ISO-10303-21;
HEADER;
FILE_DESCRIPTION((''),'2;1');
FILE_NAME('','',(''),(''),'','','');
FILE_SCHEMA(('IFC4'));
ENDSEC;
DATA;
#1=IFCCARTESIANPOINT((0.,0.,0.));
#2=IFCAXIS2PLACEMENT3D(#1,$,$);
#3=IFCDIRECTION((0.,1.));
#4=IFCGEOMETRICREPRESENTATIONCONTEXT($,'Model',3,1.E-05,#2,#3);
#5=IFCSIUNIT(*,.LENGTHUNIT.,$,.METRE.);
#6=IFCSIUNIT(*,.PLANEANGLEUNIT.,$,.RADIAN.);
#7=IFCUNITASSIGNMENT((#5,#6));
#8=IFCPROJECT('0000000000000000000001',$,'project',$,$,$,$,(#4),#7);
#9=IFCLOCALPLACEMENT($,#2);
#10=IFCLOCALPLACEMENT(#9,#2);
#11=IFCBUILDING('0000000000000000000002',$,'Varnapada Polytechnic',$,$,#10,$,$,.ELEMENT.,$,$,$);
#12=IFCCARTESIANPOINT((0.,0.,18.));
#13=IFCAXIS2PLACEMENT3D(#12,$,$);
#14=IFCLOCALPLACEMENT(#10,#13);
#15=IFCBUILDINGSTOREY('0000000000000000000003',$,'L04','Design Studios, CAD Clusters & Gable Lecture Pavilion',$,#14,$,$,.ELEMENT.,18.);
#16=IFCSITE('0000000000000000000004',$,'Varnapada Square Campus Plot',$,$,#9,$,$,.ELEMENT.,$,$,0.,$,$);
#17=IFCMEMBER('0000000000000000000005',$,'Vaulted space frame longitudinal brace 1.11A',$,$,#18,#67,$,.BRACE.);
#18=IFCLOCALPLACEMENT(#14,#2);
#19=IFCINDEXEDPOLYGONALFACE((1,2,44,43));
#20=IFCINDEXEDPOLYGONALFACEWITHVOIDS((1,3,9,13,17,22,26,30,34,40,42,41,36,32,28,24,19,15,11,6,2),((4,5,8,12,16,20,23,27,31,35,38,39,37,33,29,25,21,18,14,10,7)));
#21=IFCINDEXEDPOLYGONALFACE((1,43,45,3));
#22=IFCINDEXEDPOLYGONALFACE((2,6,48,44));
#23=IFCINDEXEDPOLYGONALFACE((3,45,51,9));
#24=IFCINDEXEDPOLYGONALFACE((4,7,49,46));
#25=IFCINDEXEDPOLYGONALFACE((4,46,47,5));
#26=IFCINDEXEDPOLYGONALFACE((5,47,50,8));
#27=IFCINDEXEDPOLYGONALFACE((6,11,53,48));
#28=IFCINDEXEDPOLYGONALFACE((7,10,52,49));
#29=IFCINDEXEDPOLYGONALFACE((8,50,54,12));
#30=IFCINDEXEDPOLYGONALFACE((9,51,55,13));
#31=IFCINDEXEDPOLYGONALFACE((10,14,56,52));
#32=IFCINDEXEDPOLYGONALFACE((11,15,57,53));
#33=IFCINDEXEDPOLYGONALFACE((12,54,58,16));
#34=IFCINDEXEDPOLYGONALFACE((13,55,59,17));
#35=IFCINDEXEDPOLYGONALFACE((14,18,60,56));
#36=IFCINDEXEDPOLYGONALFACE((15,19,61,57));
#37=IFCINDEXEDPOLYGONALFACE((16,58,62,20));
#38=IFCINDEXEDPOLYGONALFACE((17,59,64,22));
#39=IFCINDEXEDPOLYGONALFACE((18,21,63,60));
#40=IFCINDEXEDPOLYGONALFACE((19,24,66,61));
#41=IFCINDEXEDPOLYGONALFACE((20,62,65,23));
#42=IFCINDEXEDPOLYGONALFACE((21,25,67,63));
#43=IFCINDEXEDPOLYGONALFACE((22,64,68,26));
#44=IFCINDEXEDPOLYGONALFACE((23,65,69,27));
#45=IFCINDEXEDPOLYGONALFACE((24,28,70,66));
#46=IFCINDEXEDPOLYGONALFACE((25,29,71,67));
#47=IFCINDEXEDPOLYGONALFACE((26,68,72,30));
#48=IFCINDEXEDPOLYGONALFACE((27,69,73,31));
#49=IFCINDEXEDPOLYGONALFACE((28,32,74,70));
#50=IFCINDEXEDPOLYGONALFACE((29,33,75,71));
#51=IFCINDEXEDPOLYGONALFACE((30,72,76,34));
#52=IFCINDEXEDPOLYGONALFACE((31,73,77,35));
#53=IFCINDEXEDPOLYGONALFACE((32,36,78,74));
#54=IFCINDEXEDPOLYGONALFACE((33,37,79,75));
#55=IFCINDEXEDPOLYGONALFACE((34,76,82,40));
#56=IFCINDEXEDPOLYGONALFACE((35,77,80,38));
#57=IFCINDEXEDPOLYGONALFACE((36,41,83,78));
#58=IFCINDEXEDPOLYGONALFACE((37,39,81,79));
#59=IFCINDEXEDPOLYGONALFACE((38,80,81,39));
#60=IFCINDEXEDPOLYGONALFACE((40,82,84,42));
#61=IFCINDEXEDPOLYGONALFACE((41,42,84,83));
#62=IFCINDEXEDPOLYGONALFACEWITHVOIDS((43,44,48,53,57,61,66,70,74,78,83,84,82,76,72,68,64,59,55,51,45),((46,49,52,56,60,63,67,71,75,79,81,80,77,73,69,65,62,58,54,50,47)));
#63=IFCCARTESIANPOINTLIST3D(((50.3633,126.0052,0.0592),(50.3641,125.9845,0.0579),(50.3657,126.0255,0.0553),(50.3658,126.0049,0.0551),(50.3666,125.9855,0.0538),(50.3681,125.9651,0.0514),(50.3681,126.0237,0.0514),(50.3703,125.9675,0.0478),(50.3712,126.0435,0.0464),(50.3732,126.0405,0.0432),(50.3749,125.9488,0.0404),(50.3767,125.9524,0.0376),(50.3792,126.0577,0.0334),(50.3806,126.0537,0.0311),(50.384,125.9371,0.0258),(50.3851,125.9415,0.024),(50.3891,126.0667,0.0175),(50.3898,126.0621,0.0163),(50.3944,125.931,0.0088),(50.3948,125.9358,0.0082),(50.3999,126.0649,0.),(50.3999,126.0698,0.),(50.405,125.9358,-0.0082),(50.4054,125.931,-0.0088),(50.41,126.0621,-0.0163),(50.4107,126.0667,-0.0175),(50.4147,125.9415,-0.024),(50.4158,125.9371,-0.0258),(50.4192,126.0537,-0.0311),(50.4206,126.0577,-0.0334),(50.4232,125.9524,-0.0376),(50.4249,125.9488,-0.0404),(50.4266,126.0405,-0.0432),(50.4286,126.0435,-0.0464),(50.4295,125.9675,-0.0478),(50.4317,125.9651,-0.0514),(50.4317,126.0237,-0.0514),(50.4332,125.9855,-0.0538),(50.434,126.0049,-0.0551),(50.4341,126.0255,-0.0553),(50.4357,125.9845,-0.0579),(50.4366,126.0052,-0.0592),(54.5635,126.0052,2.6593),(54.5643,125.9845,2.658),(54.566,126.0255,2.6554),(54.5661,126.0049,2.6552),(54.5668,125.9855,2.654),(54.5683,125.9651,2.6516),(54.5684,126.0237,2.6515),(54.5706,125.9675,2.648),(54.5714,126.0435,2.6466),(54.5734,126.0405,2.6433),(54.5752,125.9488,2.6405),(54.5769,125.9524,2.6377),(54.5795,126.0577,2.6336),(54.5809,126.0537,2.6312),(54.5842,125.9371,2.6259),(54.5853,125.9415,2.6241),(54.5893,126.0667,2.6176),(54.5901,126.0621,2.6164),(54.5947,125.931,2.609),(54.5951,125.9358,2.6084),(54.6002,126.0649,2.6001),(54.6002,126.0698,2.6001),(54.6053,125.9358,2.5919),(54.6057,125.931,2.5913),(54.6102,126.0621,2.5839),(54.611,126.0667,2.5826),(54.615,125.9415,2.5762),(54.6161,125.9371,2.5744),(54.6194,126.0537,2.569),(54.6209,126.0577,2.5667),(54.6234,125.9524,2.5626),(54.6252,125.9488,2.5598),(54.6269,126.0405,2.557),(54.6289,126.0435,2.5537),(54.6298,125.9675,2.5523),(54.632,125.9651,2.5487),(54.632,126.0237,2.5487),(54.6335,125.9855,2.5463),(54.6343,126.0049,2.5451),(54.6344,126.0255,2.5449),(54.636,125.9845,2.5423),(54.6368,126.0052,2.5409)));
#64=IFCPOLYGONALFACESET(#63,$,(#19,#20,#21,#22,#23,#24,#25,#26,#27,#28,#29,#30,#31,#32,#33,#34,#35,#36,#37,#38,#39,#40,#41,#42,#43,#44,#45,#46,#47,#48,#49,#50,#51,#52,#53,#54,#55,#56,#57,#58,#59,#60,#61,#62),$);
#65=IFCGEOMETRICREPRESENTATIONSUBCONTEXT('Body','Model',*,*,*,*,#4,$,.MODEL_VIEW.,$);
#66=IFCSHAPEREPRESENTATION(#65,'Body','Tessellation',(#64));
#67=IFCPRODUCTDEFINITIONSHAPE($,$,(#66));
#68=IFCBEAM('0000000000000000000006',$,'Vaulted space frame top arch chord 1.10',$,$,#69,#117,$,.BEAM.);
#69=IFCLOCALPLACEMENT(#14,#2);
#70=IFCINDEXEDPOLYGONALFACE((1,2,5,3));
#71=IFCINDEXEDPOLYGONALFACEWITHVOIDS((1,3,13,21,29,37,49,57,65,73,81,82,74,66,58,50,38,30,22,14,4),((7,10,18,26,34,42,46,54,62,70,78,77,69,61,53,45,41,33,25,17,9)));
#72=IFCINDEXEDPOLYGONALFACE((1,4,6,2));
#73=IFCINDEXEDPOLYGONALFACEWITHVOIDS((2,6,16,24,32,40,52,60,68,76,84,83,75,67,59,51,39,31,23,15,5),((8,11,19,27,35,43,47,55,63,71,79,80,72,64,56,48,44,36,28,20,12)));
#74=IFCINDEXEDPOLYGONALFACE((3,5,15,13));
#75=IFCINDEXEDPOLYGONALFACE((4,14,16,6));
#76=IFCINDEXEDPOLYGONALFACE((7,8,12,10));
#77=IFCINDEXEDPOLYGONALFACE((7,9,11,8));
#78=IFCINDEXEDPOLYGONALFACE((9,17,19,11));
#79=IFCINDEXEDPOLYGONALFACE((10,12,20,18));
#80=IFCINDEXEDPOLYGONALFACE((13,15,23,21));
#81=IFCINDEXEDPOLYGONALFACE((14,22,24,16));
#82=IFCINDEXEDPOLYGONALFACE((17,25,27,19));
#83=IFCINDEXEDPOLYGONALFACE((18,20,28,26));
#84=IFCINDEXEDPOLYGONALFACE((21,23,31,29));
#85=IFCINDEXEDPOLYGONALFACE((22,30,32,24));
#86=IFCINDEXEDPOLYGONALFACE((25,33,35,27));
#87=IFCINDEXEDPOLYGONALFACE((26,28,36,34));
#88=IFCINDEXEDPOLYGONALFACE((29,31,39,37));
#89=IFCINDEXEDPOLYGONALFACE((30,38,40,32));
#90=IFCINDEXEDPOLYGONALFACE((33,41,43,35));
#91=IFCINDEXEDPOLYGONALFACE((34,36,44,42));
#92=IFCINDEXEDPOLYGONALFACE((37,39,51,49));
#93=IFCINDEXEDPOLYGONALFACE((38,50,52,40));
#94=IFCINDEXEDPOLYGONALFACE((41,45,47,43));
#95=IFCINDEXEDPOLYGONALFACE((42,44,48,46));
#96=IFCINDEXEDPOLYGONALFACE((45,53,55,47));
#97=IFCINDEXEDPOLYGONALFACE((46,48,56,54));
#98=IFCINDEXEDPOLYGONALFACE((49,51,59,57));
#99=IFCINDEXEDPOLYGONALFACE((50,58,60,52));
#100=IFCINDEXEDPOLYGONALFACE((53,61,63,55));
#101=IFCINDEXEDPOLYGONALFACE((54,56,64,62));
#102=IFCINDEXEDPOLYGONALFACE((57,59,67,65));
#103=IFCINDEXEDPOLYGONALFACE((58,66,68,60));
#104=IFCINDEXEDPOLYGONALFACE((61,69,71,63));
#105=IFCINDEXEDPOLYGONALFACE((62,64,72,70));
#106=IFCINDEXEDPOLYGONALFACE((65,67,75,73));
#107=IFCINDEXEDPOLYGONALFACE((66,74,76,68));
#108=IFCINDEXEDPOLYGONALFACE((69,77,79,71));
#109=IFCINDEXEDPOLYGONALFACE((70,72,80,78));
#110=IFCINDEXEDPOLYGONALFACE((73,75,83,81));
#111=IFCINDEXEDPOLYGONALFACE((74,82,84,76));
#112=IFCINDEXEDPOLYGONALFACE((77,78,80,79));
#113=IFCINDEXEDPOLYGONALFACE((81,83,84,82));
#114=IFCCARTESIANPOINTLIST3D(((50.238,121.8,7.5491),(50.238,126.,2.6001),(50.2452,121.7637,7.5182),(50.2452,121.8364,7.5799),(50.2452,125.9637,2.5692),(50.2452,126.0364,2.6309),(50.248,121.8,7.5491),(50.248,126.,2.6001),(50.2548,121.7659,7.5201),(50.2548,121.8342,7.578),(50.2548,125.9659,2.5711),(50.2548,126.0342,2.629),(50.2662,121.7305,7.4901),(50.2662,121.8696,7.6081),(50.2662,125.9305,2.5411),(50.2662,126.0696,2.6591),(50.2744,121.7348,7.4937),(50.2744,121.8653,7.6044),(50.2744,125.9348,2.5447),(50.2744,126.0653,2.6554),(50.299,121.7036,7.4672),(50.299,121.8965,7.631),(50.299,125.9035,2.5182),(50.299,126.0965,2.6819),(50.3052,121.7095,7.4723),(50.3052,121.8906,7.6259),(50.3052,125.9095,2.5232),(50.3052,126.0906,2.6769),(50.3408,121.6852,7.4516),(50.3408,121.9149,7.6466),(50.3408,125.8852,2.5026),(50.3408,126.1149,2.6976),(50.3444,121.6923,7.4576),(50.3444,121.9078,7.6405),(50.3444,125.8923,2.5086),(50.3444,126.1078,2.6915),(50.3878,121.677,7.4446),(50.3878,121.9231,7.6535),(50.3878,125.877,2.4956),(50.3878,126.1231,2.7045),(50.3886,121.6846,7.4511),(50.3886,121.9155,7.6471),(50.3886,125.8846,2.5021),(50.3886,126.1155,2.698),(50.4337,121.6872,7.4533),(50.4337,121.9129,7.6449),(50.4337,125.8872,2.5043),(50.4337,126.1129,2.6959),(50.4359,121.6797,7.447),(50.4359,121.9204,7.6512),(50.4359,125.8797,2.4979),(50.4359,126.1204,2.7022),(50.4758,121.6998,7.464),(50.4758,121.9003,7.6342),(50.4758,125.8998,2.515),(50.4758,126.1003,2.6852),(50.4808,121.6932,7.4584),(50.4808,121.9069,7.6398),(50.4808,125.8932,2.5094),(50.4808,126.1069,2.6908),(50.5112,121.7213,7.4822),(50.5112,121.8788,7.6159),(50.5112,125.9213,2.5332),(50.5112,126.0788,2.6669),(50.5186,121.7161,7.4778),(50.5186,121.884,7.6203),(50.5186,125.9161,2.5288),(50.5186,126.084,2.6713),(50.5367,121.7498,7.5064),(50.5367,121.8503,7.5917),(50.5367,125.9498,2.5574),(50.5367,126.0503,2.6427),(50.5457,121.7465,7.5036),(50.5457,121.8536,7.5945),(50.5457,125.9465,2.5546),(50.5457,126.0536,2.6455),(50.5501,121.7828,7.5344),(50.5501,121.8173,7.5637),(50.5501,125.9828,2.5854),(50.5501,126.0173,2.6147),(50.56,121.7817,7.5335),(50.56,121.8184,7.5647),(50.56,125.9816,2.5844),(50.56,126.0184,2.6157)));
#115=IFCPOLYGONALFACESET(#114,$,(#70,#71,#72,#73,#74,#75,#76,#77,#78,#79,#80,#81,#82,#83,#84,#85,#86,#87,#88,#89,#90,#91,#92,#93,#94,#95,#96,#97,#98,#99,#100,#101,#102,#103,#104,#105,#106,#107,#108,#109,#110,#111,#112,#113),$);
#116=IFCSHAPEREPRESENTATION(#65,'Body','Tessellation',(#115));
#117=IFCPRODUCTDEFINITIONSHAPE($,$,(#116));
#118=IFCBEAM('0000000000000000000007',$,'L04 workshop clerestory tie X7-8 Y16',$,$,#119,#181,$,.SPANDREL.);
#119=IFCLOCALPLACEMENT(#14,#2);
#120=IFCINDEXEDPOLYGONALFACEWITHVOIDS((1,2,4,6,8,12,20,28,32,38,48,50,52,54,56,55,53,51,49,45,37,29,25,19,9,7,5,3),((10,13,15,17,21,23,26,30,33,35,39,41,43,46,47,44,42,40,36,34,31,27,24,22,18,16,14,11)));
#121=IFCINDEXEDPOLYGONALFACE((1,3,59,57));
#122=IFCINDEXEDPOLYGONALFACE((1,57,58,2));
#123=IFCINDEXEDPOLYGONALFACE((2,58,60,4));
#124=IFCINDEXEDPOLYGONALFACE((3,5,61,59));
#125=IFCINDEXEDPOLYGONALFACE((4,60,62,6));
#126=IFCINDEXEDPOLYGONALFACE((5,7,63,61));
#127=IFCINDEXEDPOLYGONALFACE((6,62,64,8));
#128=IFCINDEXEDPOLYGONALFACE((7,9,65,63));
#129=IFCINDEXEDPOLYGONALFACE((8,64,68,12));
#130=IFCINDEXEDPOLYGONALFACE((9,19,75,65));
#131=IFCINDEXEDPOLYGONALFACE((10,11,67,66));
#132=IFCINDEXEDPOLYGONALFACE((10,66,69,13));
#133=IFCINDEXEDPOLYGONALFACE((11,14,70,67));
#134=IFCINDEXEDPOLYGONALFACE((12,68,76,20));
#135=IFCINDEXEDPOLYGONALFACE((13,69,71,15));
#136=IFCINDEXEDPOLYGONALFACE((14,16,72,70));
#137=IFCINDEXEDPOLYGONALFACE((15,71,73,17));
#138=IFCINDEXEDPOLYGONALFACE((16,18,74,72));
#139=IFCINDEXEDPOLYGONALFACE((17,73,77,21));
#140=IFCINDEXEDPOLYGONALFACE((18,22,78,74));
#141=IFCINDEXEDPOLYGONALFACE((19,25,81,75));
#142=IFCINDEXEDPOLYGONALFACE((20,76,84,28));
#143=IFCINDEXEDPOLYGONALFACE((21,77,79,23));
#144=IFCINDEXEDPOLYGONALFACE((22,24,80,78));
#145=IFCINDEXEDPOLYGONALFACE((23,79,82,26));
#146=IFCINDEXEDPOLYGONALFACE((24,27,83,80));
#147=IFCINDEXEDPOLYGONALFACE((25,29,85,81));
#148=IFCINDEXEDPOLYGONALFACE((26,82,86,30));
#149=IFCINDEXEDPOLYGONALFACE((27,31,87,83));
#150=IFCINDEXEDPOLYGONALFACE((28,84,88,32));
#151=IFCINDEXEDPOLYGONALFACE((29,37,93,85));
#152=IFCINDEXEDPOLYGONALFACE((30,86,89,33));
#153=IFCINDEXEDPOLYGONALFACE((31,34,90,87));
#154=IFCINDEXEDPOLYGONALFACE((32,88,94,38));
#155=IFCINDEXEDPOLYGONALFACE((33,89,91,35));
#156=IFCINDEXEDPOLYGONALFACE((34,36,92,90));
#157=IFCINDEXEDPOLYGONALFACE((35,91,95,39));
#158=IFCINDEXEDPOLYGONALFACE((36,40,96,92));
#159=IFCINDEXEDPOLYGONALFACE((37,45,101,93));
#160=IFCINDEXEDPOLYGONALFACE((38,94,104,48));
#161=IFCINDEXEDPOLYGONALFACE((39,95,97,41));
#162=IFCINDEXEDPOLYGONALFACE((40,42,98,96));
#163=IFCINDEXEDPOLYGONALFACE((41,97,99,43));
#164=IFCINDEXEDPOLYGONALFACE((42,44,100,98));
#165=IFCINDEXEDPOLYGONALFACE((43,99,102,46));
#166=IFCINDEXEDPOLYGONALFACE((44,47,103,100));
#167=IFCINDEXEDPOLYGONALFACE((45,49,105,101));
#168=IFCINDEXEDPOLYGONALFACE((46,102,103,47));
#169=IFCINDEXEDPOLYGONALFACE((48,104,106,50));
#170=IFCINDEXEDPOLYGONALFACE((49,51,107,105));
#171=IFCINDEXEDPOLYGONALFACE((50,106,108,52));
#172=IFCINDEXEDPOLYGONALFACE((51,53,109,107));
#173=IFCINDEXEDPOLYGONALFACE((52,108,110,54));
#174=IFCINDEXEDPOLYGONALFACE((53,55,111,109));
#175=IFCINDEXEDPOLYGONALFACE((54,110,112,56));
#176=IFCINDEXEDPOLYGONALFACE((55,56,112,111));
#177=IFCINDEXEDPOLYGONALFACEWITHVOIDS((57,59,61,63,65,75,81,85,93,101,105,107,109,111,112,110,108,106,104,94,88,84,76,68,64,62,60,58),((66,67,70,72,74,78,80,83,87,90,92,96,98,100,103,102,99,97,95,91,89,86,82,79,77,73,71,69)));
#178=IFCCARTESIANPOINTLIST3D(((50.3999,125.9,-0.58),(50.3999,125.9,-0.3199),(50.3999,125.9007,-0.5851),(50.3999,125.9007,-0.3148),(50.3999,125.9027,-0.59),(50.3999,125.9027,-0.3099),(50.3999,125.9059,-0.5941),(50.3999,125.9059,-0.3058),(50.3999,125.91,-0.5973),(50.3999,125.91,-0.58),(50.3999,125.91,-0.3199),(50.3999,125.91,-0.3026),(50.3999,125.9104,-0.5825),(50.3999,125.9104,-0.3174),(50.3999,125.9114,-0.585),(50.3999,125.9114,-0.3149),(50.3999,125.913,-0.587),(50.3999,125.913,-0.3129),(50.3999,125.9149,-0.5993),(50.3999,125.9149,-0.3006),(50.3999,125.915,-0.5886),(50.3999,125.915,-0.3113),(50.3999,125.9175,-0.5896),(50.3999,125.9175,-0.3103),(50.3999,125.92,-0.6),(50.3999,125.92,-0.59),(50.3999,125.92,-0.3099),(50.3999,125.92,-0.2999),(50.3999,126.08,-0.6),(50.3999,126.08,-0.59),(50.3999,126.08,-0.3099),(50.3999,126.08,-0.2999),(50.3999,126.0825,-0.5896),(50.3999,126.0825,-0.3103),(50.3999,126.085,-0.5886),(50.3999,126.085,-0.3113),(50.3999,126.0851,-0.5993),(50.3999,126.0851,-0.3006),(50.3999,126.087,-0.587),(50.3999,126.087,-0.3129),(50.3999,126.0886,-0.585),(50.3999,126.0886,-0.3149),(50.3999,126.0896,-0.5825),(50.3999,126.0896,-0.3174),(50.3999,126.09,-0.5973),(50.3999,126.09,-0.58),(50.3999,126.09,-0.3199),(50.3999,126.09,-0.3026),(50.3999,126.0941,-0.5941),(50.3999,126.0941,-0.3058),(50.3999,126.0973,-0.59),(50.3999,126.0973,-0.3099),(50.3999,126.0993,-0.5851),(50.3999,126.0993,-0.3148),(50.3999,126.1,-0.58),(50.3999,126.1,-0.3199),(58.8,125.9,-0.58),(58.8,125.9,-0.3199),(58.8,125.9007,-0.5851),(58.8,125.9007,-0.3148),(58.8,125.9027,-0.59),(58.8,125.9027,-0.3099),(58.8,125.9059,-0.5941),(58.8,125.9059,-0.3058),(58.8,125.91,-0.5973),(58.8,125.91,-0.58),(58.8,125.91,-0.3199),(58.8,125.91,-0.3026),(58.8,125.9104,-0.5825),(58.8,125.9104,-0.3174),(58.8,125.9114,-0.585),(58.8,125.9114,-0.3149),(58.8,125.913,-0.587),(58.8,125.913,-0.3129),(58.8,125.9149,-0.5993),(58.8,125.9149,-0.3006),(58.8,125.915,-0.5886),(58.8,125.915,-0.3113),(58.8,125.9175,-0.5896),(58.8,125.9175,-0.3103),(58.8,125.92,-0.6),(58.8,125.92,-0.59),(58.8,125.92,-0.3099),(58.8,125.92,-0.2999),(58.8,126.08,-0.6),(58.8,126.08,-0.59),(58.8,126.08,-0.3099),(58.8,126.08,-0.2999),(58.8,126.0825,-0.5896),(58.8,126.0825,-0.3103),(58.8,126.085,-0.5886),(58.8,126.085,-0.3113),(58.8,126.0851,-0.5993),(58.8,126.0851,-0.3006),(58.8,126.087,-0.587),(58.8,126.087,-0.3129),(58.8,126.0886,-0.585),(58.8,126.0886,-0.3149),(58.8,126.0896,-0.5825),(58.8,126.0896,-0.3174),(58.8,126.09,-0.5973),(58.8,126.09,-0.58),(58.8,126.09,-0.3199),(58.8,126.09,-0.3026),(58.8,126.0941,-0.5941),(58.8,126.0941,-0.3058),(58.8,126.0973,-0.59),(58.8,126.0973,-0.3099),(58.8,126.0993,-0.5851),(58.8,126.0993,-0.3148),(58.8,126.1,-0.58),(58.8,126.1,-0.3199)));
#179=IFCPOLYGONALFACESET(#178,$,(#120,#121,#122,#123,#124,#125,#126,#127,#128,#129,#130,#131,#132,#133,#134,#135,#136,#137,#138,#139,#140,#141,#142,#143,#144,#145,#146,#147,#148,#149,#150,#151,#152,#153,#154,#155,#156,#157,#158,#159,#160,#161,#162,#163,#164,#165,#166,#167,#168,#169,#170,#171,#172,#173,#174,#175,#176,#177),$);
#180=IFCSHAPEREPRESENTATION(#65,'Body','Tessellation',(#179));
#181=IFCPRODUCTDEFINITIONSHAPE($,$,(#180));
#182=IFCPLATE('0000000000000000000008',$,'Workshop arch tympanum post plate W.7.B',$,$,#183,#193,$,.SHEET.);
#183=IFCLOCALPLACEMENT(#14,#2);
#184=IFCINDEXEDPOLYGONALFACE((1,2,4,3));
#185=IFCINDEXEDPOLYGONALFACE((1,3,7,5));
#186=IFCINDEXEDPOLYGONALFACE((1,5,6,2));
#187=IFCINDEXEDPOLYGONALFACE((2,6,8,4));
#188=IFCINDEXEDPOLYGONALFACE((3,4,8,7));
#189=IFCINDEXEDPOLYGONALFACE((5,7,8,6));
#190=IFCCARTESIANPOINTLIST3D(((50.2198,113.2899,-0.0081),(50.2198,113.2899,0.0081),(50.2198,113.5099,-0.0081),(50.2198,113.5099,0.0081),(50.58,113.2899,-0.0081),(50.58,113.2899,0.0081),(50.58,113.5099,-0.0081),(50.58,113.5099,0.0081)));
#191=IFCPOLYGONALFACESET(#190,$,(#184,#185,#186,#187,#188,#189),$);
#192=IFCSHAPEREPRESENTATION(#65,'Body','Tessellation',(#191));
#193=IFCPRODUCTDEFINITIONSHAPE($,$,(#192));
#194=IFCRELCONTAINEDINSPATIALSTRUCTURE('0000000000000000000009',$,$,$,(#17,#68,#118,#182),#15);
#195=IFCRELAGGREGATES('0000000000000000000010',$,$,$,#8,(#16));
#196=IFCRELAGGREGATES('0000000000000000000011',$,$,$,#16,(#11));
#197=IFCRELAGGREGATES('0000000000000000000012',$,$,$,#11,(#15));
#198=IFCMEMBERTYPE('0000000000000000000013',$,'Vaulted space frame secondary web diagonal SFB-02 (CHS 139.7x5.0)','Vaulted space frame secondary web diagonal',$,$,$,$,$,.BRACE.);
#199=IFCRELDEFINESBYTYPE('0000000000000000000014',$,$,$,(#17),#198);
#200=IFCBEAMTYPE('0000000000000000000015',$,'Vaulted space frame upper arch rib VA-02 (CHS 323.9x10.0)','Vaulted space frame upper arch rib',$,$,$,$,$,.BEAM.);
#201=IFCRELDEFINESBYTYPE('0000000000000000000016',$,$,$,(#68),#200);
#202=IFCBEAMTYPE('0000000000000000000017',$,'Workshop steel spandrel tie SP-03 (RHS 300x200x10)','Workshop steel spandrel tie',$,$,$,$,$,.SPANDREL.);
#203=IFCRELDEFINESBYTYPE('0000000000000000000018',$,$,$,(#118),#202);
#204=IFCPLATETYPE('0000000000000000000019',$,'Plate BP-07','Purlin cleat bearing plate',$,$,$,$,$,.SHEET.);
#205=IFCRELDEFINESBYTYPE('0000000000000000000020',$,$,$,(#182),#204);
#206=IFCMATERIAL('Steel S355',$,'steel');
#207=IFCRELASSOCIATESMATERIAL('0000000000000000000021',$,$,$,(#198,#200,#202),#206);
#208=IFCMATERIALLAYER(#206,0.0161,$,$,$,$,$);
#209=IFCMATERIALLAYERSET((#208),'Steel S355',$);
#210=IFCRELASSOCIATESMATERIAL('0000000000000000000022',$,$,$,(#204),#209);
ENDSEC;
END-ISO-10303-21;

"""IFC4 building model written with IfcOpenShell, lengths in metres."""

from ifc_helpers import new_model, si_unit, direction, frame, origin, origin_2d, place, context, subcontext, project, spatial, rectangle, hollow_rectangle, hollow_circle, extrude, material, layer, layer_set, material_profile, profile_set, type_object, element, save


model = new_model("IFC4")

# Units and contexts
model_context = context("Model", 3, precision=1e-05, world=origin(), true_north=direction((0.0, 1.0)))
body_context = subcontext(model_context, "Body", "Model", "MODEL_VIEW")
ifc_project = project(units=[si_unit("LENGTHUNIT", "METRE"), si_unit("PLANEANGLEUNIT", "RADIAN")], contexts=[model_context])

# Site, building, storey
site_placement = place(None, origin())
site = spatial("IfcSite", under=ifc_project, at=site_placement, Name="Varnapada Square Campus Plot", CompositionType="ELEMENT", RefElevation=0.0)
building_placement = place(site_placement, origin())
building = spatial("IfcBuilding", under=site, at=building_placement, Name="Varnapada Polytechnic", CompositionType="ELEMENT")
storey_placement = place(building_placement, frame((0.0, 0.0, 18.0)))
storey = spatial("IfcBuildingStorey", under=building, at=storey_placement, Name="L04", Description="Design Studios, CAD Clusters & Gable Lecture Pavilion", CompositionType="ELEMENT", Elevation=18.0)

# Shared definitions
ifc_material = material(Name="Steel S355", Category="steel")

# Member
ifc_material_profile_1 = material_profile(ifc_material, hollow_circle(Radius=0.0698, WallThickness=0.0049, at=origin_2d()), Name="CHS 139.7x5.0")
ifc_profile_set_1 = profile_set([ifc_material_profile_1], Name="Steel S355")
member_type_1 = type_object("IfcMemberType", Name="Vaulted space frame secondary web diagonal SFB-02 (CHS 139.7x5.0)", Description="Vaulted space frame secondary web diagonal", PredefinedType="BRACE", material=ifc_profile_set_1)
member_1_placement = place(storey_placement, frame((50.3999, 126.0, 0.0), z_axis=(0.850267, 0.0, 0.526351), x_axis=(0.0, 1.0, 0.0)))
element("IfcMember", 1, at=member_1_placement, inside=storey, type_object=member_type_1, Name="Vaulted space frame longitudinal brace 1.11A", PredefinedType="BRACE", context=body_context, shape_type="SweptSolid", body=[
    extrude(hollow_circle(Radius=0.0698, WallThickness=0.0049, at=origin_2d()), origin(), (0.0, 0.0, 1.0), 4.9399),
])

# Beams
ifc_material_profile_2 = material_profile(ifc_material, hollow_circle(Radius=0.1619, WallThickness=0.01, at=origin_2d()), Name="CHS 323.9x10.0")
ifc_profile_set_2 = profile_set([ifc_material_profile_2], Name="Steel S355")
beam_type_1 = type_object("IfcBeamType", Name="Vaulted space frame upper arch rib VA-02 (CHS 323.9x10.0)", Description="Vaulted space frame upper arch rib", PredefinedType="BEAM", material=ifc_profile_set_2)
beam_1_placement = place(storey_placement, frame((50.3999, 121.8, 7.5491), z_axis=(0.0, 0.647051, -0.762447), x_axis=(-1.0, 0.0, 0.0)))
element("IfcBeam", 2, at=beam_1_placement, inside=storey, type_object=beam_type_1, Name="Vaulted space frame top arch chord 1.10", PredefinedType="BEAM", context=body_context, shape_type="SweptSolid", body=[
    extrude(hollow_circle(Radius=0.1619, WallThickness=0.01, at=origin_2d()), origin(), (0.0, 0.0, 1.0), 6.491),
])
ifc_material_profile_3 = material_profile(ifc_material, hollow_rectangle(XDim=0.2, YDim=0.3, WallThickness=0.01, InnerFilletRadius=0.01, OuterFilletRadius=0.02, at=origin_2d()), Name="RHS 300x200x10")
ifc_profile_set_3 = profile_set([ifc_material_profile_3], Name="Steel S355")
beam_type_2 = type_object("IfcBeamType", Name="Workshop steel spandrel tie SP-03 (RHS 300x200x10)", Description="Workshop steel spandrel tie", PredefinedType="SPANDREL", material=ifc_profile_set_3)
beam_2_placement = place(storey_placement, frame((50.3999, 126.0, -0.45), z_axis=(1.0, 0.0, 0.0), x_axis=(0.0, 1.0, 0.0)))
element("IfcBeam", 3, at=beam_2_placement, inside=storey, type_object=beam_type_2, Name="L04 workshop clerestory tie X7-8 Y16", PredefinedType="SPANDREL", context=body_context, shape_type="SweptSolid", body=[
    extrude(hollow_rectangle(XDim=0.2, YDim=0.3, WallThickness=0.01, InnerFilletRadius=0.01, OuterFilletRadius=0.02, at=origin_2d()), origin(), (0.0, 0.0, 1.0), 8.4001),
])

# Plate
ifc_layer_1 = layer(ifc_material, 0.0161)
ifc_layer_set_1 = layer_set([ifc_layer_1], Name="Steel S355")
plate_type_1 = type_object("IfcPlateType", Name="Plate BP-07", Description="Purlin cleat bearing plate", PredefinedType="SHEET", material=ifc_layer_set_1)
for number, where, z_axis, x_axis, name in (
    (4, (50.3999, 113.3999, -0.0081), (0.0, 0.0, 1.0), (1.0, 0.0, 0.0), "Workshop arch tympanum post plate W.7.B"),
):
    element("IfcPlate", number, at=place(storey_placement, frame(where, z_axis=z_axis, x_axis=x_axis)), inside=storey, type_object=plate_type_1, Name=name, PredefinedType="SHEET", context=body_context, shape_type="SweptSolid", body=[
        extrude(rectangle(XDim=0.3601, YDim=0.22, at=origin_2d()), origin(), (0.0, 0.0, 1.0), 0.0161),
    ])

save(model, "model.ifc")
